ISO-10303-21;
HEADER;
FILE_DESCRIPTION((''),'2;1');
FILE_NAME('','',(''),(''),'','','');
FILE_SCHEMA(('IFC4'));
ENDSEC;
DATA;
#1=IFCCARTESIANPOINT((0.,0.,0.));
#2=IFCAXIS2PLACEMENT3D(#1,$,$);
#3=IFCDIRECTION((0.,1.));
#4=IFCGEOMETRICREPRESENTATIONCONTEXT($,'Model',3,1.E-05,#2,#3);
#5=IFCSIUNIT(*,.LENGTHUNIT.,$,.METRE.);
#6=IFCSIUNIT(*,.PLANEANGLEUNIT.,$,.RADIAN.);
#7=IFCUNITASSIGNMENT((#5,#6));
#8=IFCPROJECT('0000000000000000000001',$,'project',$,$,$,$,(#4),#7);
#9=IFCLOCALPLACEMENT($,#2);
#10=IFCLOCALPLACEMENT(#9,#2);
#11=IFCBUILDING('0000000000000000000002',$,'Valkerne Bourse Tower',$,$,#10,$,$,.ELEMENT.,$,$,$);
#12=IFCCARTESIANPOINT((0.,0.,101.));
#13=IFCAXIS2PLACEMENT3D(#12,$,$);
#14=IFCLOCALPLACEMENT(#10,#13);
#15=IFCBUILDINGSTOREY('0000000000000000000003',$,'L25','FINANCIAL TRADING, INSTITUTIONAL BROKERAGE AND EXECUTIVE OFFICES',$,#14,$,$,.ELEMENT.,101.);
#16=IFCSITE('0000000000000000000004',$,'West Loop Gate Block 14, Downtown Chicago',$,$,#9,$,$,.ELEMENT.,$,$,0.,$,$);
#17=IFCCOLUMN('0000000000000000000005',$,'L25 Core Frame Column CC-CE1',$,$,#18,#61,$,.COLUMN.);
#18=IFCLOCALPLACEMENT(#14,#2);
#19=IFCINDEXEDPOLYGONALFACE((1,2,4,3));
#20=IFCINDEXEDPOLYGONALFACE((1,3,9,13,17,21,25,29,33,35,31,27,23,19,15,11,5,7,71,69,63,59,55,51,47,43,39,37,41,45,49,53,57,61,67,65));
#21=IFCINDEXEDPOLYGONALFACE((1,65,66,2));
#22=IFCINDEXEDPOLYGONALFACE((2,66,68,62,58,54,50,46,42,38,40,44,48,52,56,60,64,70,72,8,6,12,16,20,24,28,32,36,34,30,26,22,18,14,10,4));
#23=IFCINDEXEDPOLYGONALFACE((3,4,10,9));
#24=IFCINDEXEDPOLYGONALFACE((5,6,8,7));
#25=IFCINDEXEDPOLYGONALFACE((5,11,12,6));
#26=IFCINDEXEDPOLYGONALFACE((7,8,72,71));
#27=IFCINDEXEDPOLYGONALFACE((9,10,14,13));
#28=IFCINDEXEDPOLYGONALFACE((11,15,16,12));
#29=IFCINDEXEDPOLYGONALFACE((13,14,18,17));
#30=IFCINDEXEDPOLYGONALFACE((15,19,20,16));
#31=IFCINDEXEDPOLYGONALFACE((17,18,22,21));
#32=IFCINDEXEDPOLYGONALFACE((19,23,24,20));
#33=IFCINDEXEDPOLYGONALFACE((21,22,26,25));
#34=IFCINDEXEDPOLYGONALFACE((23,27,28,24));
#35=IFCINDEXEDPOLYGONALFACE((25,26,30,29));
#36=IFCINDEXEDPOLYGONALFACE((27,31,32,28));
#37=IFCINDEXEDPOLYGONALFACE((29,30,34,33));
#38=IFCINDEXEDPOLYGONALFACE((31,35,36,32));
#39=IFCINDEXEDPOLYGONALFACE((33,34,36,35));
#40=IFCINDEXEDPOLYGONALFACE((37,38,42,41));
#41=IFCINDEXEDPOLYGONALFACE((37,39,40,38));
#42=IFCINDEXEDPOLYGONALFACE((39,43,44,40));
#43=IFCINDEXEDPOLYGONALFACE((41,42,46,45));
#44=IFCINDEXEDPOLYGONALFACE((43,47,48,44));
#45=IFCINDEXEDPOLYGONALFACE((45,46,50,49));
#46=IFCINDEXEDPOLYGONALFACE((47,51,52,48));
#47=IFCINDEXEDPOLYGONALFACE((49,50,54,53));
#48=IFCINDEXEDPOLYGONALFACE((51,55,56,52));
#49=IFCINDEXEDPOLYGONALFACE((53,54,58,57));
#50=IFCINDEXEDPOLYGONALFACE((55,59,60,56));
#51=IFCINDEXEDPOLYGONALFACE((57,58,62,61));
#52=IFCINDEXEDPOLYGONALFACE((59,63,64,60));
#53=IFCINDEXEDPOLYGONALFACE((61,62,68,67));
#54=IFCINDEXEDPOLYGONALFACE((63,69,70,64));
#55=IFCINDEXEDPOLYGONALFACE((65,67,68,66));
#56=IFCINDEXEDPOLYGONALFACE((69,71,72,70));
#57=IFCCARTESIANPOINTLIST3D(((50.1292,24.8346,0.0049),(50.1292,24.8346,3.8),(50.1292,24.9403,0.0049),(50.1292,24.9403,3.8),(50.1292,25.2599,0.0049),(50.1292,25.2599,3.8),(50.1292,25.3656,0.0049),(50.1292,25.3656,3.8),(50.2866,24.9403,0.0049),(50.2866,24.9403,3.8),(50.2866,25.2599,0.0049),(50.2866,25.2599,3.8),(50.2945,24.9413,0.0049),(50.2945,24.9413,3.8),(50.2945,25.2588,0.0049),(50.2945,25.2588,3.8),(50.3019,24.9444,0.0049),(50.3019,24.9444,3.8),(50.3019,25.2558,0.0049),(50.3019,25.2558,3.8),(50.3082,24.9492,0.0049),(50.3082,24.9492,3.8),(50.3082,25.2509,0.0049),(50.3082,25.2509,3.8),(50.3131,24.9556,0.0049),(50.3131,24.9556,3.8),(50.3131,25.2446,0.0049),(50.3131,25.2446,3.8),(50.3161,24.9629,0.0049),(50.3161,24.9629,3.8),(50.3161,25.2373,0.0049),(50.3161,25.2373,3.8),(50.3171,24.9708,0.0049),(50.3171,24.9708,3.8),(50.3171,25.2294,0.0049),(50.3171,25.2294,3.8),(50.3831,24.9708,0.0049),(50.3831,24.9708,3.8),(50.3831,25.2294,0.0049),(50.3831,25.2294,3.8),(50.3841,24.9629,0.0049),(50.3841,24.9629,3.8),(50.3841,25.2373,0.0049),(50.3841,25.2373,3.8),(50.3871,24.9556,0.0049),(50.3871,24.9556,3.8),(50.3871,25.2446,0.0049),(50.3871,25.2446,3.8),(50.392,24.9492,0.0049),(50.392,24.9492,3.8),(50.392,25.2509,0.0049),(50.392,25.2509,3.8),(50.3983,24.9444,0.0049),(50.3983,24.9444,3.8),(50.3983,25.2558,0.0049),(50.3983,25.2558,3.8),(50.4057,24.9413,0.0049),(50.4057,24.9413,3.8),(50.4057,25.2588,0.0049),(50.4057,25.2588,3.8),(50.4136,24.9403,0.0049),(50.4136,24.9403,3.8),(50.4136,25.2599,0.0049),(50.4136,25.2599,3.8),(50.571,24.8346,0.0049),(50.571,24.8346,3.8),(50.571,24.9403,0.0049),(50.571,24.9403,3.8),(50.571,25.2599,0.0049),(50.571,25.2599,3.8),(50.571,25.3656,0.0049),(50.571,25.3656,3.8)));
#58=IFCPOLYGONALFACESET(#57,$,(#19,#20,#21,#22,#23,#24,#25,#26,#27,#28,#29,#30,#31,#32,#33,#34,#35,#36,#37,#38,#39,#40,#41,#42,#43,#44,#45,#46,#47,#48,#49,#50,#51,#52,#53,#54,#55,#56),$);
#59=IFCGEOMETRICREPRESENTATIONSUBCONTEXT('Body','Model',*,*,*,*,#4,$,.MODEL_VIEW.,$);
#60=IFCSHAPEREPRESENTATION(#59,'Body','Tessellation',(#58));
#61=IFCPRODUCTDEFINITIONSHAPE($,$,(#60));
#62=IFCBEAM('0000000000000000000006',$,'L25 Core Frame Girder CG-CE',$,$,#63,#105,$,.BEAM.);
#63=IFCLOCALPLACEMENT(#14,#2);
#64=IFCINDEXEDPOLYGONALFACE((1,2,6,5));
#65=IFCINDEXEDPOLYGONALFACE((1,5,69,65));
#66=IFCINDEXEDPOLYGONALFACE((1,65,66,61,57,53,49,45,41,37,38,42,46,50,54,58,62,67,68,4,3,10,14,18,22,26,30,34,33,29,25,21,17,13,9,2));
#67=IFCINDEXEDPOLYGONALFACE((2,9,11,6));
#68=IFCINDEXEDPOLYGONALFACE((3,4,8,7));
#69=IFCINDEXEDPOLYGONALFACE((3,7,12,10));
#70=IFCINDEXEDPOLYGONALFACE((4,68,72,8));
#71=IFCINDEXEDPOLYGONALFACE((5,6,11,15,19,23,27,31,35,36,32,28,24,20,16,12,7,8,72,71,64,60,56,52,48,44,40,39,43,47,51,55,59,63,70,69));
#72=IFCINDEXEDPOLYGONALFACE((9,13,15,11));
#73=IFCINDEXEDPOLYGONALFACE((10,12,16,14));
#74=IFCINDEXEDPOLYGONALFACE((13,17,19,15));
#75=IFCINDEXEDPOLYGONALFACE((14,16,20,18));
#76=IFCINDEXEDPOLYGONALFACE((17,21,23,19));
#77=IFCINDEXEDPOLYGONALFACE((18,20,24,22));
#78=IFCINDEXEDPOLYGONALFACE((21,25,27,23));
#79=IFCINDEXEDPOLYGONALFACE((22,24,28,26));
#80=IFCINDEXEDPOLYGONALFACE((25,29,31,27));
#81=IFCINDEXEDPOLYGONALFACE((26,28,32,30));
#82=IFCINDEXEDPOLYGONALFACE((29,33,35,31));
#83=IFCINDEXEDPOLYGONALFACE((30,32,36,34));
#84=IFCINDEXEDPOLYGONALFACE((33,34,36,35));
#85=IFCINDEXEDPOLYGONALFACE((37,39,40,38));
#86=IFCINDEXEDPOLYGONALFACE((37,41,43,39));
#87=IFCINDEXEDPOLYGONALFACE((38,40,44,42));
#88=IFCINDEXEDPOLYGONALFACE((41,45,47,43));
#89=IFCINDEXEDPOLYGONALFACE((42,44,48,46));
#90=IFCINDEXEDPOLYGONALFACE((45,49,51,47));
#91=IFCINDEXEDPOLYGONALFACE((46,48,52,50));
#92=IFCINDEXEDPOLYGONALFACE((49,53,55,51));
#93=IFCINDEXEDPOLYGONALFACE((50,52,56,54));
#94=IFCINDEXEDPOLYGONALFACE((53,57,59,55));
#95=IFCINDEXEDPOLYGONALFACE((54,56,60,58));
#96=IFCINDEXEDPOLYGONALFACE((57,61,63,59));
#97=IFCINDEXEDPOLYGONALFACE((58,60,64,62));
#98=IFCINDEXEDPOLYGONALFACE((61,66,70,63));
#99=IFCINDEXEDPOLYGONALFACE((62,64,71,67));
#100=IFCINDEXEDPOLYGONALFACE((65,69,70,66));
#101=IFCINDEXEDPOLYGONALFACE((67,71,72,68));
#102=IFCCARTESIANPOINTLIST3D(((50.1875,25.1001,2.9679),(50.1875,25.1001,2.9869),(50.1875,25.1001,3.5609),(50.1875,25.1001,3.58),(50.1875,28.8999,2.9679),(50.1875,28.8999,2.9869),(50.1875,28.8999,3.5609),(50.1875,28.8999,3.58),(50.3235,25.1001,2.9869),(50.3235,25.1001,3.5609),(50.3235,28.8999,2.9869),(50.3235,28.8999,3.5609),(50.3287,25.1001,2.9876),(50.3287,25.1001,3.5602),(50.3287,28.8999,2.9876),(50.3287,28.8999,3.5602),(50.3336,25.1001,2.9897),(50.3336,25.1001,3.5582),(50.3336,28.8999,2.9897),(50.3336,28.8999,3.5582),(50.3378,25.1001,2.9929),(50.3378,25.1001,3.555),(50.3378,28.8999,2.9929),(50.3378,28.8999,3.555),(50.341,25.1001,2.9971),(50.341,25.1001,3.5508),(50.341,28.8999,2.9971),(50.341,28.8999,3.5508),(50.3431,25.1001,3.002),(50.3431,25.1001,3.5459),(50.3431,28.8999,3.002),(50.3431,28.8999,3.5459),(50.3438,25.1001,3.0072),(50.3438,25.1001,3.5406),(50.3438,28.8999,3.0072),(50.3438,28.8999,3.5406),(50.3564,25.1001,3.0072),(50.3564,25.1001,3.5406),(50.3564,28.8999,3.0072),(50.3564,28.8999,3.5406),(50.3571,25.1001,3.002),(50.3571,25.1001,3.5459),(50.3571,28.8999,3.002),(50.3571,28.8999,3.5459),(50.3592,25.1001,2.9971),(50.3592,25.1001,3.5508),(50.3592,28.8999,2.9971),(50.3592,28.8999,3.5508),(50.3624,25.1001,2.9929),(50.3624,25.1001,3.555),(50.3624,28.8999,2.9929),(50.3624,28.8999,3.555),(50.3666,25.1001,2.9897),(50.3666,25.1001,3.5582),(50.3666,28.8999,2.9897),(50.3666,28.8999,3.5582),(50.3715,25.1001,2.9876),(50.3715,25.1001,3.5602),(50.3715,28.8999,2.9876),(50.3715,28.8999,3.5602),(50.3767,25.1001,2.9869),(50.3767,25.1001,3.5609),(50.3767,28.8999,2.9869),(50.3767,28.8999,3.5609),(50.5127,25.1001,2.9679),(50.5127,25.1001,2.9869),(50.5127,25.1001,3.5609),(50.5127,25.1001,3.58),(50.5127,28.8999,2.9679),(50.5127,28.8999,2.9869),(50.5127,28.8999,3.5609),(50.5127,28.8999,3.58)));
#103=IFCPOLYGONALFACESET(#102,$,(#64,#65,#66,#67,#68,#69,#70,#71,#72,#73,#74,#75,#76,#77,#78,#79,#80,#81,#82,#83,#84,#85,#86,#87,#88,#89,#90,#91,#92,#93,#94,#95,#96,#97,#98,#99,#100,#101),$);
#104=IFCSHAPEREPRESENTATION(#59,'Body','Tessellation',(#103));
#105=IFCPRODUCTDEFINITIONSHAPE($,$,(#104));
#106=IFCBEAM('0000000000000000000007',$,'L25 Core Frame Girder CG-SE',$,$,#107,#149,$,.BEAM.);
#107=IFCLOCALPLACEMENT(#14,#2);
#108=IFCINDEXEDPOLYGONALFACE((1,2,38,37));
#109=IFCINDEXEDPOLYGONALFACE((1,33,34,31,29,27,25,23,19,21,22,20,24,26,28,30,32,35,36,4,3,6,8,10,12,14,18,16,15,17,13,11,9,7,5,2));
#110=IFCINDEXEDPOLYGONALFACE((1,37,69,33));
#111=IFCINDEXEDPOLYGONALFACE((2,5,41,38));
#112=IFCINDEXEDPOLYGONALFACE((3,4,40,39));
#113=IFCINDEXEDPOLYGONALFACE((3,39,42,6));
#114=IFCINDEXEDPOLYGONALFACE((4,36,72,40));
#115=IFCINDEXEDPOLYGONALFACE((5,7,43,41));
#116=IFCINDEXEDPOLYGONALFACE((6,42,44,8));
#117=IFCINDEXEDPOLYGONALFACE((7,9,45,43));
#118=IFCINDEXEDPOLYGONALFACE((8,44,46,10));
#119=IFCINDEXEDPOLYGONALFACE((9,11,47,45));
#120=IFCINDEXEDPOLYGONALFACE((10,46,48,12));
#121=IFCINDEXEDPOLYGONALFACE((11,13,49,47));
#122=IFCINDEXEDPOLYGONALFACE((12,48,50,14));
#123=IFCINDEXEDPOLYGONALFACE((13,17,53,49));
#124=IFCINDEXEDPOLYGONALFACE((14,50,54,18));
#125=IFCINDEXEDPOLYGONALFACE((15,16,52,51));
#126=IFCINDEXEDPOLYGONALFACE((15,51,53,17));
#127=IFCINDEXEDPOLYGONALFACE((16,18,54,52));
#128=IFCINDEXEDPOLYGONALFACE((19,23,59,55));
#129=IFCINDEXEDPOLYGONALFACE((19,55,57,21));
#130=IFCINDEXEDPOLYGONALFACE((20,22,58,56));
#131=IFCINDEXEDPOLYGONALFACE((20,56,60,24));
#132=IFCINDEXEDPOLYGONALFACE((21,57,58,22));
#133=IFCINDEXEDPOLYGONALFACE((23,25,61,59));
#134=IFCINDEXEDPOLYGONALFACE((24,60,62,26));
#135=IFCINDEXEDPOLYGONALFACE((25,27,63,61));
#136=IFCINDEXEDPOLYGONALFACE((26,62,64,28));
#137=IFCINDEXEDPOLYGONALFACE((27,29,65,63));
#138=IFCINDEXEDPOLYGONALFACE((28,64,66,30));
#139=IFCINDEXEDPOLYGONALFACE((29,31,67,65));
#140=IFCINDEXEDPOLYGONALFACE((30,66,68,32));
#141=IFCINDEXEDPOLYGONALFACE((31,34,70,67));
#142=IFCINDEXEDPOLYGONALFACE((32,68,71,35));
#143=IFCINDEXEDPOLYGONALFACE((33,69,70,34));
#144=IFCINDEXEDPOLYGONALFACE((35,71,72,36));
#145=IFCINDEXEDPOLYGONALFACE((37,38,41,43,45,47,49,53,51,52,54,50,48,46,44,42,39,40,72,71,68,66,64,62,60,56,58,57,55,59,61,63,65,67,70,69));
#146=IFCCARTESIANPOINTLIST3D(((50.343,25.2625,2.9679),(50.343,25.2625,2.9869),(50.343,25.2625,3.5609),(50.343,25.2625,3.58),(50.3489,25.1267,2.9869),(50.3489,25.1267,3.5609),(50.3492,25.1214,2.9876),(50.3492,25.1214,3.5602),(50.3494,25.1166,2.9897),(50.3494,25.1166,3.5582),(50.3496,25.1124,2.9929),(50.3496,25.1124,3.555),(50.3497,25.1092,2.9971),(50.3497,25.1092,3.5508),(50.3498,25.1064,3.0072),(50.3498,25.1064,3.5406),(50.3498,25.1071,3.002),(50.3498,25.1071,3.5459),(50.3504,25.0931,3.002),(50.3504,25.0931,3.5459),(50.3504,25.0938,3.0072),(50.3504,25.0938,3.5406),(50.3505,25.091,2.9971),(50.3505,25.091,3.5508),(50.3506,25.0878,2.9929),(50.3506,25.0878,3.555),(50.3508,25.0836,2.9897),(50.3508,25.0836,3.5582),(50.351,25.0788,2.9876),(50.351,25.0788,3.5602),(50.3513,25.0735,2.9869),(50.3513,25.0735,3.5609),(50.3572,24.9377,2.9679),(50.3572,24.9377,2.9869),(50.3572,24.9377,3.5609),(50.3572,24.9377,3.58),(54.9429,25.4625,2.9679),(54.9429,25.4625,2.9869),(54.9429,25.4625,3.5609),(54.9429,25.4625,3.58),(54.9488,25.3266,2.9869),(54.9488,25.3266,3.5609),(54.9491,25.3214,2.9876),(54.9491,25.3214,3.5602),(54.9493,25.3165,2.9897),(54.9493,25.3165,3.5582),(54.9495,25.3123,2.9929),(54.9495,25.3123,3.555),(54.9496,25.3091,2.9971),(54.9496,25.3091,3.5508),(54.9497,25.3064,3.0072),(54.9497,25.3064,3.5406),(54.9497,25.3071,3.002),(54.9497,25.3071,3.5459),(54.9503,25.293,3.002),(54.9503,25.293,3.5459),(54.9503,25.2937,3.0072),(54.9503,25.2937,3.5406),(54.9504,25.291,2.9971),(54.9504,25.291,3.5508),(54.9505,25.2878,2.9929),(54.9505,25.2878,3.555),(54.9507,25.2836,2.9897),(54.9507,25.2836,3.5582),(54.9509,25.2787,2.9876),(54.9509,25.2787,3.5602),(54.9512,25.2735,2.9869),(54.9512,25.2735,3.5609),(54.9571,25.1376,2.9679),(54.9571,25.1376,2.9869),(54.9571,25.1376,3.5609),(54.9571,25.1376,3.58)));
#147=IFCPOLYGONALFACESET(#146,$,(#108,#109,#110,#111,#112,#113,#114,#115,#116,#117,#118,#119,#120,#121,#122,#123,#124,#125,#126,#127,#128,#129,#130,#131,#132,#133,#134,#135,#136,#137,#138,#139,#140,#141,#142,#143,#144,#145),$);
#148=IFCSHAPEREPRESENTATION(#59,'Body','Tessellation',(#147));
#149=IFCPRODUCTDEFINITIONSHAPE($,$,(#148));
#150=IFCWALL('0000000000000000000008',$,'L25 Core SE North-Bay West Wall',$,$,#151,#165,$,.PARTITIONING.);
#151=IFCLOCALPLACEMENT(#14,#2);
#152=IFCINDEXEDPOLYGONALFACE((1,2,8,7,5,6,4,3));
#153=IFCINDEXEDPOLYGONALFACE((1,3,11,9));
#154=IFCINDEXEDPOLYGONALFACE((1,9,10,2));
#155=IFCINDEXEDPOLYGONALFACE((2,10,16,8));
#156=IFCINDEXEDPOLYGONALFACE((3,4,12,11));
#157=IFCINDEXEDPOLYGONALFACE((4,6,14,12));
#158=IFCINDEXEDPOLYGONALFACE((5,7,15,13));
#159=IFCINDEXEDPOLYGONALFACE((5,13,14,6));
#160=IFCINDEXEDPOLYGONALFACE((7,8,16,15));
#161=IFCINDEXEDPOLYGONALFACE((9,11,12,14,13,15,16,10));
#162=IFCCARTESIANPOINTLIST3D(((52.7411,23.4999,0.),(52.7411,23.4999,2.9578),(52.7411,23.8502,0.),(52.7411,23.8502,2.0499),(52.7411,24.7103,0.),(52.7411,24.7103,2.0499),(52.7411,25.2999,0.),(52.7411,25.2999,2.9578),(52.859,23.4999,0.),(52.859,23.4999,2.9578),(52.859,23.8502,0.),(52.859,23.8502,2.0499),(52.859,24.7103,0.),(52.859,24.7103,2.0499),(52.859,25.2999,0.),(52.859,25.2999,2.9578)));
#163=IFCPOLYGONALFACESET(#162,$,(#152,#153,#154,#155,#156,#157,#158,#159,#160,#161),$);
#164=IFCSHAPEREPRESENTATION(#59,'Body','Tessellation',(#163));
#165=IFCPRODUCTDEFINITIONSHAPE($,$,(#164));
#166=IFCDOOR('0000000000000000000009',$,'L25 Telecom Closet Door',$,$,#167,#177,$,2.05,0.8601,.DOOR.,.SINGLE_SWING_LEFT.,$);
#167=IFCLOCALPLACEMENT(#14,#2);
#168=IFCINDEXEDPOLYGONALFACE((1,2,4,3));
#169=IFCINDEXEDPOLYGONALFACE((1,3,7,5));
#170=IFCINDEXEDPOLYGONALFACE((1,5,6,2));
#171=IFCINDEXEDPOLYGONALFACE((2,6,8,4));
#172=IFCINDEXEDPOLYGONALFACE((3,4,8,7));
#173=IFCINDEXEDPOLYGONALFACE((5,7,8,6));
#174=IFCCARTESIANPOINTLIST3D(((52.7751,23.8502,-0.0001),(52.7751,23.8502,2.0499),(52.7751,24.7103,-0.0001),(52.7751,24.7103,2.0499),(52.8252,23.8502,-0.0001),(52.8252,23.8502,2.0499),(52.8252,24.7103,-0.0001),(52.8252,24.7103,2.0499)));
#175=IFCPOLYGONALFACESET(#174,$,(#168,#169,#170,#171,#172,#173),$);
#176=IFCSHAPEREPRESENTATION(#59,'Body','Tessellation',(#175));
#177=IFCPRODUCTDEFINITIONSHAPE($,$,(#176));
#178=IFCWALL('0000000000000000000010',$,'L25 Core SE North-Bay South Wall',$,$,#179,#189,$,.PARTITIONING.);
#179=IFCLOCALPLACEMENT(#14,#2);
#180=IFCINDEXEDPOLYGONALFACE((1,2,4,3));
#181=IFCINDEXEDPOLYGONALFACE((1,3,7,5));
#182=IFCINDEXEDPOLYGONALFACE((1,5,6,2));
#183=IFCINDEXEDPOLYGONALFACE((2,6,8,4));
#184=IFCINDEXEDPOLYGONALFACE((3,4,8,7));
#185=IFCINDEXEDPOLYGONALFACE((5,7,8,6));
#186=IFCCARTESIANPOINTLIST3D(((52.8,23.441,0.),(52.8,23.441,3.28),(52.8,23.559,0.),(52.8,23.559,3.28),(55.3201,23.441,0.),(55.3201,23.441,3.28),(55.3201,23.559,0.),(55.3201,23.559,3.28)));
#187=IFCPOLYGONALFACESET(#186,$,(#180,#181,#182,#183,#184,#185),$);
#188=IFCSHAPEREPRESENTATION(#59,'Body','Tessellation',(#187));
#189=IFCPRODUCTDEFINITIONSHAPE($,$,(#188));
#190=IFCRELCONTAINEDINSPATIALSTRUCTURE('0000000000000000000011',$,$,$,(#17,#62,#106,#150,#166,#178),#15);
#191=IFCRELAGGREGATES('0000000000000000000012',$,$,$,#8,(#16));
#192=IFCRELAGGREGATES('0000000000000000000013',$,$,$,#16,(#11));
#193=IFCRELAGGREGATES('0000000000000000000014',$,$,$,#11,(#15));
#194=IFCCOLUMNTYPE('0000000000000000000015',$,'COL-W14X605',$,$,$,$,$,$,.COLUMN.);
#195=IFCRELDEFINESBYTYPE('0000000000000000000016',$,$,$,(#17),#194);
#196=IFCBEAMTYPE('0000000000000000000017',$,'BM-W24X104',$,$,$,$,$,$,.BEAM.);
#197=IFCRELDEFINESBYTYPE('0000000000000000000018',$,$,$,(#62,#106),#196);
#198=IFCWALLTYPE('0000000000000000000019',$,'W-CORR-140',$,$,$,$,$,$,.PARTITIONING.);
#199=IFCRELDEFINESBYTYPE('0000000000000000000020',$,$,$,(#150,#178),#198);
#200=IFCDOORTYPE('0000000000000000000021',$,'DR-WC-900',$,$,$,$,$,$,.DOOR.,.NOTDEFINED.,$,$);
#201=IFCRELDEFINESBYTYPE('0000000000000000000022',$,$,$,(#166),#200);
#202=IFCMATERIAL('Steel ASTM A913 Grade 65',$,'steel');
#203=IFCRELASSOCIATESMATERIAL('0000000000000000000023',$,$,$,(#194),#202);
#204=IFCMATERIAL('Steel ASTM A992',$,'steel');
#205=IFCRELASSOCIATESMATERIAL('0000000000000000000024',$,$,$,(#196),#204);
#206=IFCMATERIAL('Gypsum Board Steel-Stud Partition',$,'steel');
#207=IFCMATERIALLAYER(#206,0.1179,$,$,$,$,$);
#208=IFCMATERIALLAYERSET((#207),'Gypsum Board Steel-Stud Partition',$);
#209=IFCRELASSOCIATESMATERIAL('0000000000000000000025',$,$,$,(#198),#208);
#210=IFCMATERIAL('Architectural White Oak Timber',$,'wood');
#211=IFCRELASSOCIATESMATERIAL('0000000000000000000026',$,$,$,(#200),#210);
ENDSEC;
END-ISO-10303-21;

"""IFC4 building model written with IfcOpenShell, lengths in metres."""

from ifc_helpers import new_model, si_unit, direction, frame, frame_2d, origin, origin_2d, place, context, subcontext, project, spatial, rectangle, i_section, extrude, material, layer, layer_set, material_profile, profile_set, type_object, element, fill, save


model = new_model("IFC4")

# Units and contexts
model_context = context("Model", 3, precision=1e-05, world=origin(), true_north=direction((0.0, 1.0)))
body_context = subcontext(model_context, "Body", "Model", "MODEL_VIEW")
ifc_project = project(units=[si_unit("LENGTHUNIT", "METRE"), si_unit("PLANEANGLEUNIT", "RADIAN")], contexts=[model_context])

# Site, building, storey
site_placement = place(None, origin())
site = spatial("IfcSite", under=ifc_project, at=site_placement, Name="West Loop Gate Block 14, Downtown Chicago", CompositionType="ELEMENT", RefElevation=0.0)
building_placement = place(site_placement, origin())
building = spatial("IfcBuilding", under=site, at=building_placement, Name="Valkerne Bourse Tower", CompositionType="ELEMENT")
storey_placement = place(building_placement, frame((0.0, 0.0, 101.0)))
storey = spatial("IfcBuildingStorey", under=building, at=storey_placement, Name="L25", Description="FINANCIAL TRADING, INSTITUTIONAL BROKERAGE AND EXECUTIVE OFFICES", CompositionType="ELEMENT", Elevation=101.0)

# Column
ifc_material_1 = material(Name="Steel ASTM A913 Grade 65", Category="steel")
ifc_material_profile_1 = material_profile(ifc_material_1, i_section(OverallWidth=0.4419, OverallDepth=0.531, WebThickness=0.0659, FlangeThickness=0.1057, FilletRadius=0.0305, at=origin_2d()), Name="W14X605")
ifc_profile_set_1 = profile_set([ifc_material_profile_1], Name="Steel ASTM A913 Grade 65")
column_type = type_object("IfcColumnType", Name="COL-W14X605", PredefinedType="COLUMN", material=ifc_profile_set_1)
column_placement = place(storey_placement, frame((50.3501, 25.1001, 0.0049), z_axis=(0.0, 0.0, 1.0), x_axis=(1.0, 0.0, 0.0)))
element("IfcColumn", 1, at=column_placement, inside=storey, type_object=column_type, Name="L25 Core Frame Column CC-CE1", PredefinedType="COLUMN", context=body_context, shape_type="SweptSolid", body=[
    extrude(i_section(OverallWidth=0.4419, OverallDepth=0.531, WebThickness=0.0659, FlangeThickness=0.1057, FilletRadius=0.0305, at=origin_2d()), origin(), (0.0, 0.0, 1.0), 3.7952),
])

# Beams
ifc_material_2 = material(Name="Steel ASTM A992", Category="steel")
ifc_material_profile_2 = material_profile(ifc_material_2, i_section(OverallWidth=0.3252, OverallDepth=0.6121, WebThickness=0.0127, FlangeThickness=0.019, FilletRadius=0.0203, at=origin_2d()), Name="W24X104")
ifc_profile_set_2 = profile_set([ifc_material_profile_2], Name="Steel ASTM A992")
beam_type = type_object("IfcBeamType", Name="BM-W24X104", PredefinedType="BEAM", material=ifc_profile_set_2)
beam_1_placement = place(storey_placement, frame((50.3501, 25.1001, 3.2739), z_axis=(0.0, 1.0, 0.0), x_axis=(-1.0, 0.0, 0.0)))
element("IfcBeam", 2, at=beam_1_placement, inside=storey, type_object=beam_type, Name="L25 Core Frame Girder CG-CE", PredefinedType="BEAM", context=body_context, shape_type="SweptSolid", body=[
    extrude(i_section(OverallWidth=0.3252, OverallDepth=0.6121, WebThickness=0.0127, FlangeThickness=0.019, FilletRadius=0.0203, at=origin_2d()), origin(), (0.0, 0.0, 1.0), 3.7998),
])
beam_2_placement = place(storey_placement, frame((50.3501, 25.1001, 3.2739), z_axis=(0.999057, 0.043428, 0.0), x_axis=(-0.043428, 0.999057, 0.0)))
element("IfcBeam", 3, at=beam_2_placement, inside=storey, type_object=beam_type, Name="L25 Core Frame Girder CG-SE", PredefinedType="BEAM", context=body_context, shape_type="SweptSolid", body=[
    extrude(i_section(OverallWidth=0.3252, OverallDepth=0.6121, WebThickness=0.0127, FlangeThickness=0.019, FilletRadius=0.0203, at=origin_2d()), origin(), (0.0, 0.0, 1.0), 4.6042),
])

# Wall, opening, door
ifc_material_3 = material(Name="Gypsum Board Steel-Stud Partition", Category="steel")
ifc_layer_1 = layer(ifc_material_3, 0.1179)
ifc_layer_set_1 = layer_set([ifc_layer_1], Name="Gypsum Board Steel-Stud Partition")
wall_type_1 = type_object("IfcWallType", Name="W-CORR-140", PredefinedType="PARTITIONING", material=ifc_layer_set_1)
wall_1_placement = place(storey_placement, frame((52.8, 23.5, 0.0), z_axis=(0.0, 0.0, 1.0), x_axis=(0.0, 1.0, 0.0)))
wall_1 = element("IfcWall", 4, at=wall_1_placement, inside=storey, type_object=wall_type_1, Name="L25 Core SE North-Bay West Wall", PredefinedType="PARTITIONING", context=body_context, shape_type="SweptSolid", body=[
    extrude(rectangle(XDim=1.8, YDim=0.1179, at=frame_2d((0.8999, 0.0))), origin(), (0.0, 0.0, 1.0), 2.9578),
])
opening_1_placement = place(wall_1_placement, frame((0.3501, 0.0, 0.0)))
opening_1 = element("IfcOpeningElement", 5, at=opening_1_placement, cuts=wall_1, PredefinedType="OPENING", context=body_context, shape_type="SweptSolid", body=[
    extrude(rectangle(XDim=0.8601, YDim=2.05, at=frame_2d((0.4302, 1.0249))), frame((0.0, 0.0688, 0.0), z_axis=(0.0, -1.0, 0.0), x_axis=(1.0, 0.0, 0.0)), (0.0, 0.0, 1.0), 0.1379),
])
ifc_material_4 = material(Name="Architectural White Oak Timber", Category="wood")
door_type_1 = type_object("IfcDoorType", Name="DR-WC-900", OperationType="NOTDEFINED", PredefinedType="DOOR", material=ifc_material_4)
door_1_placement = place(opening_1_placement, origin())
door_1 = element("IfcDoor", 6, at=door_1_placement, inside=storey, type_object=door_type_1, Name="L25 Telecom Closet Door", OperationType="SINGLE_SWING_LEFT", OverallHeight=2.05, OverallWidth=0.8601, PredefinedType="DOOR", context=body_context, shape_type="SweptSolid", body=[
    extrude(rectangle(XDim=0.8601, YDim=2.05, at=frame_2d((0.4302, 1.0249))), frame((0.0, 0.0249, 0.0), z_axis=(0.0, -1.0, 0.0), x_axis=(1.0, 0.0, 0.0)), (0.0, 0.0, 1.0), 0.05),
])
fill(opening_1, door_1)

# Wall
wall_2_placement = place(storey_placement, frame((52.8, 23.5, 0.0), z_axis=(0.0, 0.0, 1.0), x_axis=(1.0, 0.0, 0.0)))
element("IfcWall", 7, at=wall_2_placement, inside=storey, type_object=wall_type_1, Name="L25 Core SE North-Bay South Wall", PredefinedType="PARTITIONING", context=body_context, shape_type="SweptSolid", body=[
    extrude(rectangle(XDim=2.52, YDim=0.1179, at=frame_2d((1.26, 0.0))), origin(), (0.0, 0.0, 1.0), 3.28),
])

save(model, "model.ifc")
